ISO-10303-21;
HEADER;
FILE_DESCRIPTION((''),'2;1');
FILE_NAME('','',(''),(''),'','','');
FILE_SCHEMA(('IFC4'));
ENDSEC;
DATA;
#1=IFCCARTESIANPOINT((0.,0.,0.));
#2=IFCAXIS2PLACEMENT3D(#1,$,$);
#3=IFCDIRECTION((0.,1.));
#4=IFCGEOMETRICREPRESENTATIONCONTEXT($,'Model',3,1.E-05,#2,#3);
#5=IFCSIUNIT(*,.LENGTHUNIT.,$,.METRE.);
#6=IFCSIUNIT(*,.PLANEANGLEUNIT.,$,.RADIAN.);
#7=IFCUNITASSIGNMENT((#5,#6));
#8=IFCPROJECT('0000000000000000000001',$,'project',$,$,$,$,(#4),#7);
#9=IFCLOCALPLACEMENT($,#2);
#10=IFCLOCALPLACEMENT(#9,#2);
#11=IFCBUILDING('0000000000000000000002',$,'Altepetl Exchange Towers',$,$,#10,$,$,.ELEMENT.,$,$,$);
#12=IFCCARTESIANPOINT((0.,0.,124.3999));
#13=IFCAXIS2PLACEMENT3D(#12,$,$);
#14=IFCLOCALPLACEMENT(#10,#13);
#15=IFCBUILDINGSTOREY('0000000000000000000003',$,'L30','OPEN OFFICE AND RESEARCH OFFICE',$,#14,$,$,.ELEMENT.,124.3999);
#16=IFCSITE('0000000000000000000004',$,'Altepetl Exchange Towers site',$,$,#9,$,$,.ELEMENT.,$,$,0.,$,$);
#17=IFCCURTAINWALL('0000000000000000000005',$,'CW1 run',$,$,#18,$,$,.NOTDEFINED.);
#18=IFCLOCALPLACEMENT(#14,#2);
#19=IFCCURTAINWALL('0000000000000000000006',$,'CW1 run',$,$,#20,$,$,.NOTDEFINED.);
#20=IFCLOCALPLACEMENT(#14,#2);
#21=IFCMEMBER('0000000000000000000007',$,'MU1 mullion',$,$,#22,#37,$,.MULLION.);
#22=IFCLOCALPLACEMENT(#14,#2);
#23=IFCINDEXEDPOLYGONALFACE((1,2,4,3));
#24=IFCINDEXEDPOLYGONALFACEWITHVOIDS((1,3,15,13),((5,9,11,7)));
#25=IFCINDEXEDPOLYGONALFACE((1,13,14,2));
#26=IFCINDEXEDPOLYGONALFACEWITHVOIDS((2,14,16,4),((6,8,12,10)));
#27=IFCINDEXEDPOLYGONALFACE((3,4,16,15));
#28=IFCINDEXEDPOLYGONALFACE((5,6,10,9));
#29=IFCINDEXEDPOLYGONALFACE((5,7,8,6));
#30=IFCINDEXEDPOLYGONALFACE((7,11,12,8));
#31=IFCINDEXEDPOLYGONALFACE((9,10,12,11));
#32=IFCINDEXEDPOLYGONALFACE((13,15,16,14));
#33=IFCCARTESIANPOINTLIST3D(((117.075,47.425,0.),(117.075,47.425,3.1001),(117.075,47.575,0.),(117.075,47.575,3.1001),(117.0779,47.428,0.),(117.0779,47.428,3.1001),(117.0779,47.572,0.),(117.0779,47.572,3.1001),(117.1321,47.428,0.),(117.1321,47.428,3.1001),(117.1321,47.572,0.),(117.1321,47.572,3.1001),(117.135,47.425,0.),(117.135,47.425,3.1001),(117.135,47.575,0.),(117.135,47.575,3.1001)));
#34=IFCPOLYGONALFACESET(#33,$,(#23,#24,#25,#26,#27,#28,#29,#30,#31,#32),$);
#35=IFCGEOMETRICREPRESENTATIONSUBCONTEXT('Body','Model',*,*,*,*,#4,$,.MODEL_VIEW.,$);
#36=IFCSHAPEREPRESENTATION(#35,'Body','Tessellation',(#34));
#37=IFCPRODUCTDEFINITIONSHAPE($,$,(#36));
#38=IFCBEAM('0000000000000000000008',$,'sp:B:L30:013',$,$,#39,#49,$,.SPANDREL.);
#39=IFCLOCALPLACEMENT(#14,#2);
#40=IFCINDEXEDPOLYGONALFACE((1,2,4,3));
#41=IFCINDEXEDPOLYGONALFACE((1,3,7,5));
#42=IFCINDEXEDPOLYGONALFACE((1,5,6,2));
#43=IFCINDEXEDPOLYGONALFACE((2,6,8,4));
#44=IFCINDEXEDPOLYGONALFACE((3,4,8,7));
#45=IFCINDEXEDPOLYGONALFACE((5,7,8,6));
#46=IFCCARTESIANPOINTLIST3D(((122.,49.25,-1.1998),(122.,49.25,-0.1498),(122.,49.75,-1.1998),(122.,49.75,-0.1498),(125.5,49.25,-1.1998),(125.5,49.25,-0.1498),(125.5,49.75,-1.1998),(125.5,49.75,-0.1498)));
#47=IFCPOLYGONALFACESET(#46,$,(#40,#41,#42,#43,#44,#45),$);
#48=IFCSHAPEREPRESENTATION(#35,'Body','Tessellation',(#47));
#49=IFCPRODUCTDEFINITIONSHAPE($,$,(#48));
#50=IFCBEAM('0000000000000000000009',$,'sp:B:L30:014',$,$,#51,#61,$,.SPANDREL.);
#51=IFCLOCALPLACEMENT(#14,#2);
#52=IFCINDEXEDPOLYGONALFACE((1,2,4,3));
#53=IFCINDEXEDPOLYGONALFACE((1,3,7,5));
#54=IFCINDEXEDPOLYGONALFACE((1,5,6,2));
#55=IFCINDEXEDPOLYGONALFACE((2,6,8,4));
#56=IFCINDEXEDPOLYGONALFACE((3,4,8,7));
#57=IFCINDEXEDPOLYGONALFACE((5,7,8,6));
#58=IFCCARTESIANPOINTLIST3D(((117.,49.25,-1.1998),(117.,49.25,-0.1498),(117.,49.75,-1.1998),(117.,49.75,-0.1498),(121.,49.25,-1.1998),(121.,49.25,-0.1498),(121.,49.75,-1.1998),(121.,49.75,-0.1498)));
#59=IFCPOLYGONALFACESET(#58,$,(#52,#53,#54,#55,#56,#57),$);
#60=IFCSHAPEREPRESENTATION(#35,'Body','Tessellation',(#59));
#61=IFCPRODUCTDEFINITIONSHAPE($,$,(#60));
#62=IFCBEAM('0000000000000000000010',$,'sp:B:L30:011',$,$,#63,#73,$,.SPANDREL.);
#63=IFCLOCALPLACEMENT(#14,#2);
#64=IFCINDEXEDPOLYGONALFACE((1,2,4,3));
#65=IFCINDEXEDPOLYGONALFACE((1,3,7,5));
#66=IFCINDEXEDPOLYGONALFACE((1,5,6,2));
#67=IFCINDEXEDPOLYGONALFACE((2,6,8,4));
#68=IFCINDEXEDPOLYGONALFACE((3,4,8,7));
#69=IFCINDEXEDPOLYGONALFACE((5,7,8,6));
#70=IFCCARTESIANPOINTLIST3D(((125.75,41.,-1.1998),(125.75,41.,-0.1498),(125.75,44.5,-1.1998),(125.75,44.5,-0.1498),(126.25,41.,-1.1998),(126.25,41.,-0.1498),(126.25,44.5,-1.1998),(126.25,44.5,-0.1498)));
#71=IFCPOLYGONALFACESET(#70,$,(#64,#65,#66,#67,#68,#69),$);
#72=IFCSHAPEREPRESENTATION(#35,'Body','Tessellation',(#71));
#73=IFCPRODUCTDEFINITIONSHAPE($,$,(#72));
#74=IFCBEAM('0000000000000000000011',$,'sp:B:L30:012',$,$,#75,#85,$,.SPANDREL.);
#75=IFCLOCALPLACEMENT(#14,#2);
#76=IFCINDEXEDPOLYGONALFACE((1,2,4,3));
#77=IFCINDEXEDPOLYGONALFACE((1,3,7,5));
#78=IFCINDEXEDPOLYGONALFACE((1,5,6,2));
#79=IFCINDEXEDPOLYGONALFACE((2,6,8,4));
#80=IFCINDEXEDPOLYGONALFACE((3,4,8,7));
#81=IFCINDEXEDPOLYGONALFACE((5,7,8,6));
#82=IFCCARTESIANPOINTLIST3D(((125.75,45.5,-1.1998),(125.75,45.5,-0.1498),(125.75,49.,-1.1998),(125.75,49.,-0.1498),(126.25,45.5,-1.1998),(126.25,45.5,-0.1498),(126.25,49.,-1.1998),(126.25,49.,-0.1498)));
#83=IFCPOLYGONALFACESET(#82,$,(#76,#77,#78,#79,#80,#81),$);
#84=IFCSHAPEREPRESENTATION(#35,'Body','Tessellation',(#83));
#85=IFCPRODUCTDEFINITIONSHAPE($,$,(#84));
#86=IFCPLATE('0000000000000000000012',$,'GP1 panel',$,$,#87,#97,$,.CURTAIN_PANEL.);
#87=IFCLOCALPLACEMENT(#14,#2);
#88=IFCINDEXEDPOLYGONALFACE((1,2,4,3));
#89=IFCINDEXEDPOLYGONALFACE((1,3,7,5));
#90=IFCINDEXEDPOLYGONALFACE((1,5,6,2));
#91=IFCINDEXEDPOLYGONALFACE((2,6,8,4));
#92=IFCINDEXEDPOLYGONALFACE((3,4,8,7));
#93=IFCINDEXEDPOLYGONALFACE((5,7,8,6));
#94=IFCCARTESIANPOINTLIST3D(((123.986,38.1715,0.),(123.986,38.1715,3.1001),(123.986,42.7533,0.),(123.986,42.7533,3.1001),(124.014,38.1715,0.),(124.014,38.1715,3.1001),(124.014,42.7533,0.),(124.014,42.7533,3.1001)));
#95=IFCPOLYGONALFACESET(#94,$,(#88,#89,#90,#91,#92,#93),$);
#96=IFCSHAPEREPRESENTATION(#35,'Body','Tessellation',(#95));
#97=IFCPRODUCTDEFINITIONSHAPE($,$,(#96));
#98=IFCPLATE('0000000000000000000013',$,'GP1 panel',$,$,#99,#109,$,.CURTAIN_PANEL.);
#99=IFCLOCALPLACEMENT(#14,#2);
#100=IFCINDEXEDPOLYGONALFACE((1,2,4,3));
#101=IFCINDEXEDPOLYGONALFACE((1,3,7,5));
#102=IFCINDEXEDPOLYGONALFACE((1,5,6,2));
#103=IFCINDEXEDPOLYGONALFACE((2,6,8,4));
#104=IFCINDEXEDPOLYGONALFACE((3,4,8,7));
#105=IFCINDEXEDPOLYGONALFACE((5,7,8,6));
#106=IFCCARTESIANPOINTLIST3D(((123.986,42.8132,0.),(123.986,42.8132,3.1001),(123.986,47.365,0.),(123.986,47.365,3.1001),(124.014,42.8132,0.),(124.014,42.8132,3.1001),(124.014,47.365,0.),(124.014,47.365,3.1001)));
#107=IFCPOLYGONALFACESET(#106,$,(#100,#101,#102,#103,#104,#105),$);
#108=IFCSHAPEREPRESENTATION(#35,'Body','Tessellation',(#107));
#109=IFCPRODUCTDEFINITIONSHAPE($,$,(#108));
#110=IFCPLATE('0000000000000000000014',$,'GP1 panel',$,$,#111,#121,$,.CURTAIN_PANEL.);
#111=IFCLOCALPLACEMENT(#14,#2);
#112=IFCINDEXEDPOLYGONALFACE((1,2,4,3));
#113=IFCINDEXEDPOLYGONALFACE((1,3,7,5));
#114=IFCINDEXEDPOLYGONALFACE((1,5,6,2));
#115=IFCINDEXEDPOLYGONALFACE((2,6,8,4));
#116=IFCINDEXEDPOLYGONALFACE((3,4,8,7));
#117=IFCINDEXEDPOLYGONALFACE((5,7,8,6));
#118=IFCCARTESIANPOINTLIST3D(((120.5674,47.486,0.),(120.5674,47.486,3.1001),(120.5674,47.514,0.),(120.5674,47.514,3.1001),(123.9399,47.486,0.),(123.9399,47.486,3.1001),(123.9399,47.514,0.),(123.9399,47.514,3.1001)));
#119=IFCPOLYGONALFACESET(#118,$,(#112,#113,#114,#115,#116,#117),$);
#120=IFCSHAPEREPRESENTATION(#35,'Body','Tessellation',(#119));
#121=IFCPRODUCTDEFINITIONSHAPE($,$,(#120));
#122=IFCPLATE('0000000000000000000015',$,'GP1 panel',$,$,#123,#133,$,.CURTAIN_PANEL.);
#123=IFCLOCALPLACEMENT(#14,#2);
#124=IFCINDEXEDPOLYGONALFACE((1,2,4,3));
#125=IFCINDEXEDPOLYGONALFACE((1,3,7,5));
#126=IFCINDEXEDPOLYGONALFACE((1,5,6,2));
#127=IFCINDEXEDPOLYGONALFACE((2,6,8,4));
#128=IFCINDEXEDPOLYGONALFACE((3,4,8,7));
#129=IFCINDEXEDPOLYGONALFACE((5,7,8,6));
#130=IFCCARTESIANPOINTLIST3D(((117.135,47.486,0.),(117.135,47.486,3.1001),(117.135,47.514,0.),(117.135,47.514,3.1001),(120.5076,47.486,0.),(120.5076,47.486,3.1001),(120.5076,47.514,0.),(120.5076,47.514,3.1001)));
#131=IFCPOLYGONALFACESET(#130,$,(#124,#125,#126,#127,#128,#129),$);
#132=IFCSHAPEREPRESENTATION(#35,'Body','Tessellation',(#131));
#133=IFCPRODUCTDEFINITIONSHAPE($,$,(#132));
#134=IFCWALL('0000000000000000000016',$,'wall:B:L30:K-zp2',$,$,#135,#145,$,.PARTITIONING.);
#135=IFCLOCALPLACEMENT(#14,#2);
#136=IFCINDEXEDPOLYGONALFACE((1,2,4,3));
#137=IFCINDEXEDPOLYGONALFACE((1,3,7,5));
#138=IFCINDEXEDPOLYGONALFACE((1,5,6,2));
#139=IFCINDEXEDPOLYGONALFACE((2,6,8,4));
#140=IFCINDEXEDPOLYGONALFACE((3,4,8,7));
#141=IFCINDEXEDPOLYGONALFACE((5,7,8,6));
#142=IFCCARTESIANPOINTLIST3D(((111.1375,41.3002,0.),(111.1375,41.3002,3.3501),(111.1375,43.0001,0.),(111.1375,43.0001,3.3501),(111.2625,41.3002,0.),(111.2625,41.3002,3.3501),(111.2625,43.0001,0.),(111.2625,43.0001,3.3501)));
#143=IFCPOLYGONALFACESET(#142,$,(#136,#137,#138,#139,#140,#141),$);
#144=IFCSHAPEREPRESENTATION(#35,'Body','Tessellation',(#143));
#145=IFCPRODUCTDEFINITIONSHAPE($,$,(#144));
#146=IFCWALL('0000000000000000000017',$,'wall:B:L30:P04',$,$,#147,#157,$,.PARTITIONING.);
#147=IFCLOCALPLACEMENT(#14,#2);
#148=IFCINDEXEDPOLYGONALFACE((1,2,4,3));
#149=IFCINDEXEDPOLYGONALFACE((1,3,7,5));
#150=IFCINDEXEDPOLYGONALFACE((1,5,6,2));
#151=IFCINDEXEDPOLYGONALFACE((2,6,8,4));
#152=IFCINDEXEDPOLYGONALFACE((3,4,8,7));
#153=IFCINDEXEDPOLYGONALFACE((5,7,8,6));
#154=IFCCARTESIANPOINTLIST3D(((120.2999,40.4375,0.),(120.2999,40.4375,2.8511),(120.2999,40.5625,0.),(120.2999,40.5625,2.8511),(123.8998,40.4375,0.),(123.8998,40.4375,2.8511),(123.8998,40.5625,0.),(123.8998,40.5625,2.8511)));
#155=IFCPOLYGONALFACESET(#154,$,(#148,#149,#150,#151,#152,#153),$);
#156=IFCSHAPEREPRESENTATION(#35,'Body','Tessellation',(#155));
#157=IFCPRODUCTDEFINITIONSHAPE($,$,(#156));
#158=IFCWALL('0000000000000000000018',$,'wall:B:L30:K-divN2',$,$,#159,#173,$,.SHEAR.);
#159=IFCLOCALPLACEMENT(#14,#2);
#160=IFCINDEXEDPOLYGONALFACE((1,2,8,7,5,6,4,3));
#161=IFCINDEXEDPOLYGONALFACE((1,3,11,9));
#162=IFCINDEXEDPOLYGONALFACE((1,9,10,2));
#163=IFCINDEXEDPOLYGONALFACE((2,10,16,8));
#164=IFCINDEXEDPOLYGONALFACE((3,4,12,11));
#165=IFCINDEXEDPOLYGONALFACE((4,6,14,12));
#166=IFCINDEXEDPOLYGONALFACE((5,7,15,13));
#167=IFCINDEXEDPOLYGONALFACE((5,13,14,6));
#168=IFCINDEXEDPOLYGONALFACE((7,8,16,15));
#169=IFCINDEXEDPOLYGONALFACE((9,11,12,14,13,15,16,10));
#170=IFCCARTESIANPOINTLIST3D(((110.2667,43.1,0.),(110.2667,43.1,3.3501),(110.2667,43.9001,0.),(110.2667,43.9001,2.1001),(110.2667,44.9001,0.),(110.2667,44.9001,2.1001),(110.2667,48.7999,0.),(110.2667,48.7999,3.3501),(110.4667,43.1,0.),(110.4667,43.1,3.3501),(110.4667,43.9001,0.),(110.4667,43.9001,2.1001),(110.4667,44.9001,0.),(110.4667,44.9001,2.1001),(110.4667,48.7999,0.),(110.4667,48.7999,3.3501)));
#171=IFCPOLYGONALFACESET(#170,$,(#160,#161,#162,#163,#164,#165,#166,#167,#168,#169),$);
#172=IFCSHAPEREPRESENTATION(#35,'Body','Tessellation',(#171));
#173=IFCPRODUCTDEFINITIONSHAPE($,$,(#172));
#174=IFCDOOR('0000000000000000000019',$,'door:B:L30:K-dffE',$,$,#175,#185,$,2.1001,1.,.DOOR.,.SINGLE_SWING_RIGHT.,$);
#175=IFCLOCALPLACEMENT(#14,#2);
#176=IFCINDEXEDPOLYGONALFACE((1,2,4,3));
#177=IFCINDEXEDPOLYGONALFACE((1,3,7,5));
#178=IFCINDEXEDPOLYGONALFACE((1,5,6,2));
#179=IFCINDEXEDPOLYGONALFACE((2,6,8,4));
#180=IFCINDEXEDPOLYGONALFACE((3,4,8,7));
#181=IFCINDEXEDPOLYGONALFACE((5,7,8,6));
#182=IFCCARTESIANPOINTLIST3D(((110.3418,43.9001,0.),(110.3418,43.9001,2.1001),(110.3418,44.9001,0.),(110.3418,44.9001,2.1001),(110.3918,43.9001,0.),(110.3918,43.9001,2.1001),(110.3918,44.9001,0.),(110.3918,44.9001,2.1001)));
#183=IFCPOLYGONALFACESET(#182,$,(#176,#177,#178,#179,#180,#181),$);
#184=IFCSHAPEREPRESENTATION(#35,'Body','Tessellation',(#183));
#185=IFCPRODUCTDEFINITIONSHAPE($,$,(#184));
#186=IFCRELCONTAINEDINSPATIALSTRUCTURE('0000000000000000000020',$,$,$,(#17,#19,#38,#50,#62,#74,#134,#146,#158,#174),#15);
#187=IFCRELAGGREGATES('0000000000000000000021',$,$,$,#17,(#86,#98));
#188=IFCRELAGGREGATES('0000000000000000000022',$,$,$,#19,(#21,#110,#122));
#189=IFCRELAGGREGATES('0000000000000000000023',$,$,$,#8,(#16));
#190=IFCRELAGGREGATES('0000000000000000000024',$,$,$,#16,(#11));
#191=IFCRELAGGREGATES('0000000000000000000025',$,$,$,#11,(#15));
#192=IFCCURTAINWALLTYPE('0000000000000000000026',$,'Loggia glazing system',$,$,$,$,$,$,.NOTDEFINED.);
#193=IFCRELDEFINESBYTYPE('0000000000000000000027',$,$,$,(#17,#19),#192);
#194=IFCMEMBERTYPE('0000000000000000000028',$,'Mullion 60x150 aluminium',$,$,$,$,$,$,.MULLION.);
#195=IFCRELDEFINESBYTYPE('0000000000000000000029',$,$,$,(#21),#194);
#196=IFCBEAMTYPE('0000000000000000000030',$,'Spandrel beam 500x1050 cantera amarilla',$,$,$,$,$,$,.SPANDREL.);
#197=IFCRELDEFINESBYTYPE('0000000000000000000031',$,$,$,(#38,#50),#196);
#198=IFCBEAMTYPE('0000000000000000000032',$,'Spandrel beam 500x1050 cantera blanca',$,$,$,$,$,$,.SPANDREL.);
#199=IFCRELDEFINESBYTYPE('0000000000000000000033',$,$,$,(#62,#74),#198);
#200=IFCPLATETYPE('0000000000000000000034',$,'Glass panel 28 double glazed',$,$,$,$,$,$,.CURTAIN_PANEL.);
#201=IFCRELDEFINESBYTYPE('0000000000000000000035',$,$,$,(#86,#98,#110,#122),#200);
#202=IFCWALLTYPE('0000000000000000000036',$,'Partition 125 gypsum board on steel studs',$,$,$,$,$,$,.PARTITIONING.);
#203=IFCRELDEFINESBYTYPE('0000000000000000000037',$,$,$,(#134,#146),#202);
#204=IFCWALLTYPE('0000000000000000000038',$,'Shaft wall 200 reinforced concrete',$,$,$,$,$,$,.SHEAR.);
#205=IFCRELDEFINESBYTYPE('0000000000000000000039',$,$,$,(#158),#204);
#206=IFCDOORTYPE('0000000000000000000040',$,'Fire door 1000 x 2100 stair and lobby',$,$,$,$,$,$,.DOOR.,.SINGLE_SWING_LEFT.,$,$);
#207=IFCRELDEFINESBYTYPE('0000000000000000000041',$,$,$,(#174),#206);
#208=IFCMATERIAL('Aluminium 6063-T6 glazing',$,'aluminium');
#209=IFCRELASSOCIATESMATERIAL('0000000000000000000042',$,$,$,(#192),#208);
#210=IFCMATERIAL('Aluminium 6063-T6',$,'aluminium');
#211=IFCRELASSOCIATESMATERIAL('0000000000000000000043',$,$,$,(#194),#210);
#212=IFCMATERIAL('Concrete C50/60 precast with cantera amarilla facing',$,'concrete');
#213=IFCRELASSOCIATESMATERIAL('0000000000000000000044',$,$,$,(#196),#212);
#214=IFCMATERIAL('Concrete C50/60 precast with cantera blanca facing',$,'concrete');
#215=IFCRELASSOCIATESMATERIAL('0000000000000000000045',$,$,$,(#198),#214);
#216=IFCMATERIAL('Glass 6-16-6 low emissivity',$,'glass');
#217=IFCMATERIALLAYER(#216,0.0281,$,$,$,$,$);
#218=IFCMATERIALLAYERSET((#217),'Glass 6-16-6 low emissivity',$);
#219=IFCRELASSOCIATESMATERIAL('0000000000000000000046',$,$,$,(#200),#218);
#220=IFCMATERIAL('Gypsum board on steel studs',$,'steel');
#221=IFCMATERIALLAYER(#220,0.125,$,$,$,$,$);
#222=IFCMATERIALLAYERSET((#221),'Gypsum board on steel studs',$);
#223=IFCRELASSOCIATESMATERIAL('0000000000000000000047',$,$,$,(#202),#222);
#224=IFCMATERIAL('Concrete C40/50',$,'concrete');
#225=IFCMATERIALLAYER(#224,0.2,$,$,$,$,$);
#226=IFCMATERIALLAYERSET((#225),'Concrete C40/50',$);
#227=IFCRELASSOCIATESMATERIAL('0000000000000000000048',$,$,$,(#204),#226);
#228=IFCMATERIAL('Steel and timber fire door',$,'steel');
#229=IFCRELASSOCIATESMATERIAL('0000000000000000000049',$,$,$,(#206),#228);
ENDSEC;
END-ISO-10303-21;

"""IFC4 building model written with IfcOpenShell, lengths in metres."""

from ifc_helpers import new_model, si_unit, direction, frame, frame_2d, origin, origin_2d, place, context, subcontext, project, spatial, rectangle, hollow_rectangle, extrude, material, layer, layer_set, material_profile, profile_set, type_object, element, fill, aggregate, save


model = new_model("IFC4")

# Units and contexts
model_context = context("Model", 3, precision=1e-05, world=origin(), true_north=direction((0.0, 1.0)))
body_context = subcontext(model_context, "Body", "Model", "MODEL_VIEW")
ifc_project = project(units=[si_unit("LENGTHUNIT", "METRE"), si_unit("PLANEANGLEUNIT", "RADIAN")], contexts=[model_context])

# Site, building, storey
site_placement = place(None, origin())
site = spatial("IfcSite", under=ifc_project, at=site_placement, Name="Altepetl Exchange Towers site", CompositionType="ELEMENT", RefElevation=0.0)
building_placement = place(site_placement, origin())
building = spatial("IfcBuilding", under=site, at=building_placement, Name="Altepetl Exchange Towers", CompositionType="ELEMENT")
storey_placement = place(building_placement, frame((0.0, 0.0, 124.3999)))
storey = spatial("IfcBuildingStorey", under=building, at=storey_placement, Name="L30", Description="OPEN OFFICE AND RESEARCH OFFICE", CompositionType="ELEMENT", Elevation=124.3999)

# Curtain walls, member
ifc_material_1 = material(Name="Aluminium 6063-T6 glazing", Category="aluminium")
curtain_wall_type = type_object("IfcCurtainWallType", Name="Loggia glazing system", PredefinedType="NOTDEFINED", material=ifc_material_1)
curtain_wall_1_placement = place(storey_placement, origin())
curtain_wall_1 = element("IfcCurtainWall", 1, at=curtain_wall_1_placement, inside=storey, type_object=curtain_wall_type, Name="CW1 run", PredefinedType="NOTDEFINED")
ifc_material_2 = material(Name="Aluminium 6063-T6", Category="aluminium")
ifc_material_profile_1 = material_profile(ifc_material_2, hollow_rectangle(XDim=0.0601, YDim=0.1499, WallThickness=0.0029, at=origin_2d()), Name="Mullion 60x150 aluminium")
ifc_profile_set_1 = profile_set([ifc_material_profile_1], Name="Aluminium 6063-T6")
member_type = type_object("IfcMemberType", Name="Mullion 60x150 aluminium", PredefinedType="MULLION", material=ifc_profile_set_1)
curtain_wall_2_placement = place(storey_placement, origin())
curtain_wall_2 = element("IfcCurtainWall", 2, at=curtain_wall_2_placement, inside=storey, type_object=curtain_wall_type, Name="CW1 run", PredefinedType="NOTDEFINED")
member_1_placement = place(storey_placement, frame((117.105, 47.5, 0.0), z_axis=(0.0, 0.0, 1.0), x_axis=(-1.0, 0.0, 0.0)))
member_1 = element("IfcMember", 3, at=member_1_placement, type_object=member_type, Name="MU1 mullion", PredefinedType="MULLION", context=body_context, shape_type="SweptSolid", body=[
    extrude(hollow_rectangle(XDim=0.0601, YDim=0.1499, WallThickness=0.0029, at=origin_2d()), origin(), (0.0, 0.0, 1.0), 3.1001),
])

# Beams
ifc_material_3 = material(Name="Concrete C50/60 precast with cantera amarilla facing", Category="concrete")
ifc_material_profile_2 = material_profile(ifc_material_3, rectangle(XDim=0.5, YDim=1.05, at=origin_2d()), Name="500 x 1050")
ifc_profile_set_2 = profile_set([ifc_material_profile_2], Name="Concrete C50/60 precast with cantera amarilla facing")
beam_type_1 = type_object("IfcBeamType", Name="Spandrel beam 500x1050 cantera amarilla", PredefinedType="SPANDREL", material=ifc_profile_set_2)
beam_1_placement = place(storey_placement, frame((125.5, 49.5, -0.6748), z_axis=(-1.0, 0.0, 0.0), x_axis=(0.0, -1.0, 0.0)))
element("IfcBeam", 4, at=beam_1_placement, inside=storey, type_object=beam_type_1, Name="sp:B:L30:013", PredefinedType="SPANDREL", context=body_context, shape_type="SweptSolid", body=[
    extrude(rectangle(XDim=0.5, YDim=1.05, at=origin_2d()), origin(), (0.0, 0.0, 1.0), 3.5),
])
beam_2_placement = place(storey_placement, frame((121.0, 49.5, -0.6748), z_axis=(-1.0, 0.0, 0.0), x_axis=(0.0, -1.0, 0.0)))
element("IfcBeam", 5, at=beam_2_placement, inside=storey, type_object=beam_type_1, Name="sp:B:L30:014", PredefinedType="SPANDREL", context=body_context, shape_type="SweptSolid", body=[
    extrude(rectangle(XDim=0.5, YDim=1.05, at=origin_2d()), origin(), (0.0, 0.0, 1.0), 4.0),
])
ifc_material_4 = material(Name="Concrete C50/60 precast with cantera blanca facing", Category="concrete")
ifc_material_profile_3 = material_profile(ifc_material_4, rectangle(XDim=0.5, YDim=1.05, at=origin_2d()), Name="500 x 1050")
ifc_profile_set_3 = profile_set([ifc_material_profile_3], Name="Concrete C50/60 precast with cantera blanca facing")
beam_type_2 = type_object("IfcBeamType", Name="Spandrel beam 500x1050 cantera blanca", PredefinedType="SPANDREL", material=ifc_profile_set_3)
for number, where, z_axis, x_axis, name in (
    (6, (126.0, 41.0, -0.6748), (0.0, 1.0, 0.0), (-1.0, 0.0, 0.0), "sp:B:L30:011"),
    (7, (126.0, 45.5, -0.6748), (0.0, 1.0, 0.0), (-1.0, 0.0, 0.0), "sp:B:L30:012"),
):
    element("IfcBeam", number, at=place(storey_placement, frame(where, z_axis=z_axis, x_axis=x_axis)), inside=storey, type_object=beam_type_2, Name=name, PredefinedType="SPANDREL", context=body_context, shape_type="SweptSolid", body=[
        extrude(rectangle(XDim=0.5, YDim=1.05, at=origin_2d()), origin(), (0.0, 0.0, 1.0), 3.5),
    ])

# Plates
ifc_material_5 = material(Name="Glass 6-16-6 low emissivity", Category="glass")
ifc_layer_1 = layer(ifc_material_5, 0.0281)
ifc_layer_set_1 = layer_set([ifc_layer_1], Name="Glass 6-16-6 low emissivity")
plate_type = type_object("IfcPlateType", Name="Glass panel 28 double glazed", PredefinedType="CURTAIN_PANEL", material=ifc_layer_set_1)
plate_1_placement = place(storey_placement, frame((124.0, 40.4624, 0.0), z_axis=(0.0, 0.0, 1.0), x_axis=(0.0, 1.0, 0.0)))
plate_1 = element("IfcPlate", 8, at=plate_1_placement, type_object=plate_type, Name="GP1 panel", PredefinedType="CURTAIN_PANEL", context=body_context, shape_type="SweptSolid", body=[
    extrude(rectangle(XDim=4.5818, YDim=0.0281, at=origin_2d()), origin(), (0.0, 0.0, 1.0), 3.1001),
])
plate_2_placement = place(storey_placement, frame((124.0, 45.0891, 0.0), z_axis=(0.0, 0.0, 1.0), x_axis=(0.0, 1.0, 0.0)))
plate_2 = element("IfcPlate", 9, at=plate_2_placement, type_object=plate_type, Name="GP1 panel", PredefinedType="CURTAIN_PANEL", context=body_context, shape_type="SweptSolid", body=[
    extrude(rectangle(XDim=4.5518, YDim=0.0281, at=origin_2d()), origin(), (0.0, 0.0, 1.0), 3.1001),
])
aggregate(curtain_wall_1, [plate_1, plate_2])
plate_3_placement = place(storey_placement, frame((122.2537, 47.5, 0.0), z_axis=(0.0, 0.0, 1.0), x_axis=(-1.0, 0.0, 0.0)))
plate_3 = element("IfcPlate", 10, at=plate_3_placement, type_object=plate_type, Name="GP1 panel", PredefinedType="CURTAIN_PANEL", context=body_context, shape_type="SweptSolid", body=[
    extrude(rectangle(XDim=3.3726, YDim=0.0281, at=origin_2d()), origin(), (0.0, 0.0, 1.0), 3.1001),
])
plate_4_placement = place(storey_placement, frame((118.8213, 47.5, 0.0), z_axis=(0.0, 0.0, 1.0), x_axis=(-1.0, 0.0, 0.0)))
plate_4 = element("IfcPlate", 11, at=plate_4_placement, type_object=plate_type, Name="GP1 panel", PredefinedType="CURTAIN_PANEL", context=body_context, shape_type="SweptSolid", body=[
    extrude(rectangle(XDim=3.3726, YDim=0.0281, at=origin_2d()), origin(), (0.0, 0.0, 1.0), 3.1001),
])
aggregate(curtain_wall_2, [member_1, plate_3, plate_4])

# Walls
ifc_material_6 = material(Name="Gypsum board on steel studs", Category="steel")
ifc_layer_2 = layer(ifc_material_6, 0.125)
ifc_layer_set_2 = layer_set([ifc_layer_2], Name="Gypsum board on steel studs")
wall_type_1 = type_object("IfcWallType", Name="Partition 125 gypsum board on steel studs", PredefinedType="PARTITIONING", material=ifc_layer_set_2)
wall_1_placement = place(storey_placement, frame((111.2, 41.3, 0.0), z_axis=(0.0, 0.0, 1.0), x_axis=(0.0, 1.0, 0.0)))
element("IfcWall", 12, at=wall_1_placement, inside=storey, type_object=wall_type_1, Name="wall:B:L30:K-zp2", PredefinedType="PARTITIONING", context=body_context, shape_type="SweptSolid", body=[
    extrude(rectangle(XDim=1.7, YDim=0.125, at=frame_2d((0.8501, 0.0))), origin(), (0.0, 0.0, 1.0), 3.3501),
])
wall_2_placement = place(storey_placement, frame((120.3, 40.5, 0.0)))
element("IfcWall", 13, at=wall_2_placement, inside=storey, type_object=wall_type_1, Name="wall:B:L30:P04", PredefinedType="PARTITIONING", context=body_context, shape_type="SweptSolid", body=[
    extrude(rectangle(XDim=3.5999, YDim=0.125, at=frame_2d((1.7998, 0.0))), origin(), (0.0, 0.0, 1.0), 2.8511),
])

# Wall, opening, door
ifc_material_7 = material(Name="Concrete C40/50", Category="concrete")
ifc_layer_3 = layer(ifc_material_7, 0.2)
ifc_layer_set_3 = layer_set([ifc_layer_3], Name="Concrete C40/50")
wall_type_2 = type_object("IfcWallType", Name="Shaft wall 200 reinforced concrete", PredefinedType="SHEAR", material=ifc_layer_set_3)
wall_3_placement = place(storey_placement, frame((110.3667, 48.8, 0.0), z_axis=(0.0, 0.0, 1.0), x_axis=(0.0, -1.0, 0.0)))
wall_3 = element("IfcWall", 14, at=wall_3_placement, inside=storey, type_object=wall_type_2, Name="wall:B:L30:K-divN2", PredefinedType="SHEAR", context=body_context, shape_type="SweptSolid", body=[
    extrude(rectangle(XDim=5.7, YDim=0.2, at=frame_2d((2.8501, 0.0))), origin(), (0.0, 0.0, 1.0), 3.3501),
])
opening_1_placement = place(wall_3_placement, frame((3.8999, 0.0, 0.0)))
opening_1 = element("IfcOpeningElement", 15, at=opening_1_placement, cuts=wall_3, PredefinedType="OPENING", context=body_context, shape_type="SweptSolid", body=[
    extrude(rectangle(XDim=1.0, YDim=2.1001, at=frame_2d((0.5, 1.05))), frame((0.0, 0.1099, 0.0), z_axis=(0.0, -1.0, 0.0), x_axis=(1.0, 0.0, 0.0)), (0.0, 0.0, 1.0), 0.22),
])
ifc_material_8 = material(Name="Steel and timber fire door", Category="steel")
door_type_1 = type_object("IfcDoorType", Name="Fire door 1000 x 2100 stair and lobby", OperationType="SINGLE_SWING_LEFT", PredefinedType="DOOR", material=ifc_material_8)
door_1_placement = place(opening_1_placement, frame((1.0, 0.0, 0.0), x_axis=(-1.0, 0.0, 0.0)))
door_1 = element("IfcDoor", 16, at=door_1_placement, inside=storey, type_object=door_type_1, Name="door:B:L30:K-dffE", OperationType="SINGLE_SWING_RIGHT", OverallHeight=2.1001, OverallWidth=1.0, PredefinedType="DOOR", context=body_context, shape_type="SweptSolid", body=[
    extrude(rectangle(XDim=1.0, YDim=2.1001, at=frame_2d((0.5, 1.05))), frame((0.0, 0.0249, 0.0), z_axis=(0.0, -1.0, 0.0), x_axis=(1.0, 0.0, 0.0)), (0.0, 0.0, 1.0), 0.05),
])
fill(opening_1, door_1)

save(model, "model.ifc")
